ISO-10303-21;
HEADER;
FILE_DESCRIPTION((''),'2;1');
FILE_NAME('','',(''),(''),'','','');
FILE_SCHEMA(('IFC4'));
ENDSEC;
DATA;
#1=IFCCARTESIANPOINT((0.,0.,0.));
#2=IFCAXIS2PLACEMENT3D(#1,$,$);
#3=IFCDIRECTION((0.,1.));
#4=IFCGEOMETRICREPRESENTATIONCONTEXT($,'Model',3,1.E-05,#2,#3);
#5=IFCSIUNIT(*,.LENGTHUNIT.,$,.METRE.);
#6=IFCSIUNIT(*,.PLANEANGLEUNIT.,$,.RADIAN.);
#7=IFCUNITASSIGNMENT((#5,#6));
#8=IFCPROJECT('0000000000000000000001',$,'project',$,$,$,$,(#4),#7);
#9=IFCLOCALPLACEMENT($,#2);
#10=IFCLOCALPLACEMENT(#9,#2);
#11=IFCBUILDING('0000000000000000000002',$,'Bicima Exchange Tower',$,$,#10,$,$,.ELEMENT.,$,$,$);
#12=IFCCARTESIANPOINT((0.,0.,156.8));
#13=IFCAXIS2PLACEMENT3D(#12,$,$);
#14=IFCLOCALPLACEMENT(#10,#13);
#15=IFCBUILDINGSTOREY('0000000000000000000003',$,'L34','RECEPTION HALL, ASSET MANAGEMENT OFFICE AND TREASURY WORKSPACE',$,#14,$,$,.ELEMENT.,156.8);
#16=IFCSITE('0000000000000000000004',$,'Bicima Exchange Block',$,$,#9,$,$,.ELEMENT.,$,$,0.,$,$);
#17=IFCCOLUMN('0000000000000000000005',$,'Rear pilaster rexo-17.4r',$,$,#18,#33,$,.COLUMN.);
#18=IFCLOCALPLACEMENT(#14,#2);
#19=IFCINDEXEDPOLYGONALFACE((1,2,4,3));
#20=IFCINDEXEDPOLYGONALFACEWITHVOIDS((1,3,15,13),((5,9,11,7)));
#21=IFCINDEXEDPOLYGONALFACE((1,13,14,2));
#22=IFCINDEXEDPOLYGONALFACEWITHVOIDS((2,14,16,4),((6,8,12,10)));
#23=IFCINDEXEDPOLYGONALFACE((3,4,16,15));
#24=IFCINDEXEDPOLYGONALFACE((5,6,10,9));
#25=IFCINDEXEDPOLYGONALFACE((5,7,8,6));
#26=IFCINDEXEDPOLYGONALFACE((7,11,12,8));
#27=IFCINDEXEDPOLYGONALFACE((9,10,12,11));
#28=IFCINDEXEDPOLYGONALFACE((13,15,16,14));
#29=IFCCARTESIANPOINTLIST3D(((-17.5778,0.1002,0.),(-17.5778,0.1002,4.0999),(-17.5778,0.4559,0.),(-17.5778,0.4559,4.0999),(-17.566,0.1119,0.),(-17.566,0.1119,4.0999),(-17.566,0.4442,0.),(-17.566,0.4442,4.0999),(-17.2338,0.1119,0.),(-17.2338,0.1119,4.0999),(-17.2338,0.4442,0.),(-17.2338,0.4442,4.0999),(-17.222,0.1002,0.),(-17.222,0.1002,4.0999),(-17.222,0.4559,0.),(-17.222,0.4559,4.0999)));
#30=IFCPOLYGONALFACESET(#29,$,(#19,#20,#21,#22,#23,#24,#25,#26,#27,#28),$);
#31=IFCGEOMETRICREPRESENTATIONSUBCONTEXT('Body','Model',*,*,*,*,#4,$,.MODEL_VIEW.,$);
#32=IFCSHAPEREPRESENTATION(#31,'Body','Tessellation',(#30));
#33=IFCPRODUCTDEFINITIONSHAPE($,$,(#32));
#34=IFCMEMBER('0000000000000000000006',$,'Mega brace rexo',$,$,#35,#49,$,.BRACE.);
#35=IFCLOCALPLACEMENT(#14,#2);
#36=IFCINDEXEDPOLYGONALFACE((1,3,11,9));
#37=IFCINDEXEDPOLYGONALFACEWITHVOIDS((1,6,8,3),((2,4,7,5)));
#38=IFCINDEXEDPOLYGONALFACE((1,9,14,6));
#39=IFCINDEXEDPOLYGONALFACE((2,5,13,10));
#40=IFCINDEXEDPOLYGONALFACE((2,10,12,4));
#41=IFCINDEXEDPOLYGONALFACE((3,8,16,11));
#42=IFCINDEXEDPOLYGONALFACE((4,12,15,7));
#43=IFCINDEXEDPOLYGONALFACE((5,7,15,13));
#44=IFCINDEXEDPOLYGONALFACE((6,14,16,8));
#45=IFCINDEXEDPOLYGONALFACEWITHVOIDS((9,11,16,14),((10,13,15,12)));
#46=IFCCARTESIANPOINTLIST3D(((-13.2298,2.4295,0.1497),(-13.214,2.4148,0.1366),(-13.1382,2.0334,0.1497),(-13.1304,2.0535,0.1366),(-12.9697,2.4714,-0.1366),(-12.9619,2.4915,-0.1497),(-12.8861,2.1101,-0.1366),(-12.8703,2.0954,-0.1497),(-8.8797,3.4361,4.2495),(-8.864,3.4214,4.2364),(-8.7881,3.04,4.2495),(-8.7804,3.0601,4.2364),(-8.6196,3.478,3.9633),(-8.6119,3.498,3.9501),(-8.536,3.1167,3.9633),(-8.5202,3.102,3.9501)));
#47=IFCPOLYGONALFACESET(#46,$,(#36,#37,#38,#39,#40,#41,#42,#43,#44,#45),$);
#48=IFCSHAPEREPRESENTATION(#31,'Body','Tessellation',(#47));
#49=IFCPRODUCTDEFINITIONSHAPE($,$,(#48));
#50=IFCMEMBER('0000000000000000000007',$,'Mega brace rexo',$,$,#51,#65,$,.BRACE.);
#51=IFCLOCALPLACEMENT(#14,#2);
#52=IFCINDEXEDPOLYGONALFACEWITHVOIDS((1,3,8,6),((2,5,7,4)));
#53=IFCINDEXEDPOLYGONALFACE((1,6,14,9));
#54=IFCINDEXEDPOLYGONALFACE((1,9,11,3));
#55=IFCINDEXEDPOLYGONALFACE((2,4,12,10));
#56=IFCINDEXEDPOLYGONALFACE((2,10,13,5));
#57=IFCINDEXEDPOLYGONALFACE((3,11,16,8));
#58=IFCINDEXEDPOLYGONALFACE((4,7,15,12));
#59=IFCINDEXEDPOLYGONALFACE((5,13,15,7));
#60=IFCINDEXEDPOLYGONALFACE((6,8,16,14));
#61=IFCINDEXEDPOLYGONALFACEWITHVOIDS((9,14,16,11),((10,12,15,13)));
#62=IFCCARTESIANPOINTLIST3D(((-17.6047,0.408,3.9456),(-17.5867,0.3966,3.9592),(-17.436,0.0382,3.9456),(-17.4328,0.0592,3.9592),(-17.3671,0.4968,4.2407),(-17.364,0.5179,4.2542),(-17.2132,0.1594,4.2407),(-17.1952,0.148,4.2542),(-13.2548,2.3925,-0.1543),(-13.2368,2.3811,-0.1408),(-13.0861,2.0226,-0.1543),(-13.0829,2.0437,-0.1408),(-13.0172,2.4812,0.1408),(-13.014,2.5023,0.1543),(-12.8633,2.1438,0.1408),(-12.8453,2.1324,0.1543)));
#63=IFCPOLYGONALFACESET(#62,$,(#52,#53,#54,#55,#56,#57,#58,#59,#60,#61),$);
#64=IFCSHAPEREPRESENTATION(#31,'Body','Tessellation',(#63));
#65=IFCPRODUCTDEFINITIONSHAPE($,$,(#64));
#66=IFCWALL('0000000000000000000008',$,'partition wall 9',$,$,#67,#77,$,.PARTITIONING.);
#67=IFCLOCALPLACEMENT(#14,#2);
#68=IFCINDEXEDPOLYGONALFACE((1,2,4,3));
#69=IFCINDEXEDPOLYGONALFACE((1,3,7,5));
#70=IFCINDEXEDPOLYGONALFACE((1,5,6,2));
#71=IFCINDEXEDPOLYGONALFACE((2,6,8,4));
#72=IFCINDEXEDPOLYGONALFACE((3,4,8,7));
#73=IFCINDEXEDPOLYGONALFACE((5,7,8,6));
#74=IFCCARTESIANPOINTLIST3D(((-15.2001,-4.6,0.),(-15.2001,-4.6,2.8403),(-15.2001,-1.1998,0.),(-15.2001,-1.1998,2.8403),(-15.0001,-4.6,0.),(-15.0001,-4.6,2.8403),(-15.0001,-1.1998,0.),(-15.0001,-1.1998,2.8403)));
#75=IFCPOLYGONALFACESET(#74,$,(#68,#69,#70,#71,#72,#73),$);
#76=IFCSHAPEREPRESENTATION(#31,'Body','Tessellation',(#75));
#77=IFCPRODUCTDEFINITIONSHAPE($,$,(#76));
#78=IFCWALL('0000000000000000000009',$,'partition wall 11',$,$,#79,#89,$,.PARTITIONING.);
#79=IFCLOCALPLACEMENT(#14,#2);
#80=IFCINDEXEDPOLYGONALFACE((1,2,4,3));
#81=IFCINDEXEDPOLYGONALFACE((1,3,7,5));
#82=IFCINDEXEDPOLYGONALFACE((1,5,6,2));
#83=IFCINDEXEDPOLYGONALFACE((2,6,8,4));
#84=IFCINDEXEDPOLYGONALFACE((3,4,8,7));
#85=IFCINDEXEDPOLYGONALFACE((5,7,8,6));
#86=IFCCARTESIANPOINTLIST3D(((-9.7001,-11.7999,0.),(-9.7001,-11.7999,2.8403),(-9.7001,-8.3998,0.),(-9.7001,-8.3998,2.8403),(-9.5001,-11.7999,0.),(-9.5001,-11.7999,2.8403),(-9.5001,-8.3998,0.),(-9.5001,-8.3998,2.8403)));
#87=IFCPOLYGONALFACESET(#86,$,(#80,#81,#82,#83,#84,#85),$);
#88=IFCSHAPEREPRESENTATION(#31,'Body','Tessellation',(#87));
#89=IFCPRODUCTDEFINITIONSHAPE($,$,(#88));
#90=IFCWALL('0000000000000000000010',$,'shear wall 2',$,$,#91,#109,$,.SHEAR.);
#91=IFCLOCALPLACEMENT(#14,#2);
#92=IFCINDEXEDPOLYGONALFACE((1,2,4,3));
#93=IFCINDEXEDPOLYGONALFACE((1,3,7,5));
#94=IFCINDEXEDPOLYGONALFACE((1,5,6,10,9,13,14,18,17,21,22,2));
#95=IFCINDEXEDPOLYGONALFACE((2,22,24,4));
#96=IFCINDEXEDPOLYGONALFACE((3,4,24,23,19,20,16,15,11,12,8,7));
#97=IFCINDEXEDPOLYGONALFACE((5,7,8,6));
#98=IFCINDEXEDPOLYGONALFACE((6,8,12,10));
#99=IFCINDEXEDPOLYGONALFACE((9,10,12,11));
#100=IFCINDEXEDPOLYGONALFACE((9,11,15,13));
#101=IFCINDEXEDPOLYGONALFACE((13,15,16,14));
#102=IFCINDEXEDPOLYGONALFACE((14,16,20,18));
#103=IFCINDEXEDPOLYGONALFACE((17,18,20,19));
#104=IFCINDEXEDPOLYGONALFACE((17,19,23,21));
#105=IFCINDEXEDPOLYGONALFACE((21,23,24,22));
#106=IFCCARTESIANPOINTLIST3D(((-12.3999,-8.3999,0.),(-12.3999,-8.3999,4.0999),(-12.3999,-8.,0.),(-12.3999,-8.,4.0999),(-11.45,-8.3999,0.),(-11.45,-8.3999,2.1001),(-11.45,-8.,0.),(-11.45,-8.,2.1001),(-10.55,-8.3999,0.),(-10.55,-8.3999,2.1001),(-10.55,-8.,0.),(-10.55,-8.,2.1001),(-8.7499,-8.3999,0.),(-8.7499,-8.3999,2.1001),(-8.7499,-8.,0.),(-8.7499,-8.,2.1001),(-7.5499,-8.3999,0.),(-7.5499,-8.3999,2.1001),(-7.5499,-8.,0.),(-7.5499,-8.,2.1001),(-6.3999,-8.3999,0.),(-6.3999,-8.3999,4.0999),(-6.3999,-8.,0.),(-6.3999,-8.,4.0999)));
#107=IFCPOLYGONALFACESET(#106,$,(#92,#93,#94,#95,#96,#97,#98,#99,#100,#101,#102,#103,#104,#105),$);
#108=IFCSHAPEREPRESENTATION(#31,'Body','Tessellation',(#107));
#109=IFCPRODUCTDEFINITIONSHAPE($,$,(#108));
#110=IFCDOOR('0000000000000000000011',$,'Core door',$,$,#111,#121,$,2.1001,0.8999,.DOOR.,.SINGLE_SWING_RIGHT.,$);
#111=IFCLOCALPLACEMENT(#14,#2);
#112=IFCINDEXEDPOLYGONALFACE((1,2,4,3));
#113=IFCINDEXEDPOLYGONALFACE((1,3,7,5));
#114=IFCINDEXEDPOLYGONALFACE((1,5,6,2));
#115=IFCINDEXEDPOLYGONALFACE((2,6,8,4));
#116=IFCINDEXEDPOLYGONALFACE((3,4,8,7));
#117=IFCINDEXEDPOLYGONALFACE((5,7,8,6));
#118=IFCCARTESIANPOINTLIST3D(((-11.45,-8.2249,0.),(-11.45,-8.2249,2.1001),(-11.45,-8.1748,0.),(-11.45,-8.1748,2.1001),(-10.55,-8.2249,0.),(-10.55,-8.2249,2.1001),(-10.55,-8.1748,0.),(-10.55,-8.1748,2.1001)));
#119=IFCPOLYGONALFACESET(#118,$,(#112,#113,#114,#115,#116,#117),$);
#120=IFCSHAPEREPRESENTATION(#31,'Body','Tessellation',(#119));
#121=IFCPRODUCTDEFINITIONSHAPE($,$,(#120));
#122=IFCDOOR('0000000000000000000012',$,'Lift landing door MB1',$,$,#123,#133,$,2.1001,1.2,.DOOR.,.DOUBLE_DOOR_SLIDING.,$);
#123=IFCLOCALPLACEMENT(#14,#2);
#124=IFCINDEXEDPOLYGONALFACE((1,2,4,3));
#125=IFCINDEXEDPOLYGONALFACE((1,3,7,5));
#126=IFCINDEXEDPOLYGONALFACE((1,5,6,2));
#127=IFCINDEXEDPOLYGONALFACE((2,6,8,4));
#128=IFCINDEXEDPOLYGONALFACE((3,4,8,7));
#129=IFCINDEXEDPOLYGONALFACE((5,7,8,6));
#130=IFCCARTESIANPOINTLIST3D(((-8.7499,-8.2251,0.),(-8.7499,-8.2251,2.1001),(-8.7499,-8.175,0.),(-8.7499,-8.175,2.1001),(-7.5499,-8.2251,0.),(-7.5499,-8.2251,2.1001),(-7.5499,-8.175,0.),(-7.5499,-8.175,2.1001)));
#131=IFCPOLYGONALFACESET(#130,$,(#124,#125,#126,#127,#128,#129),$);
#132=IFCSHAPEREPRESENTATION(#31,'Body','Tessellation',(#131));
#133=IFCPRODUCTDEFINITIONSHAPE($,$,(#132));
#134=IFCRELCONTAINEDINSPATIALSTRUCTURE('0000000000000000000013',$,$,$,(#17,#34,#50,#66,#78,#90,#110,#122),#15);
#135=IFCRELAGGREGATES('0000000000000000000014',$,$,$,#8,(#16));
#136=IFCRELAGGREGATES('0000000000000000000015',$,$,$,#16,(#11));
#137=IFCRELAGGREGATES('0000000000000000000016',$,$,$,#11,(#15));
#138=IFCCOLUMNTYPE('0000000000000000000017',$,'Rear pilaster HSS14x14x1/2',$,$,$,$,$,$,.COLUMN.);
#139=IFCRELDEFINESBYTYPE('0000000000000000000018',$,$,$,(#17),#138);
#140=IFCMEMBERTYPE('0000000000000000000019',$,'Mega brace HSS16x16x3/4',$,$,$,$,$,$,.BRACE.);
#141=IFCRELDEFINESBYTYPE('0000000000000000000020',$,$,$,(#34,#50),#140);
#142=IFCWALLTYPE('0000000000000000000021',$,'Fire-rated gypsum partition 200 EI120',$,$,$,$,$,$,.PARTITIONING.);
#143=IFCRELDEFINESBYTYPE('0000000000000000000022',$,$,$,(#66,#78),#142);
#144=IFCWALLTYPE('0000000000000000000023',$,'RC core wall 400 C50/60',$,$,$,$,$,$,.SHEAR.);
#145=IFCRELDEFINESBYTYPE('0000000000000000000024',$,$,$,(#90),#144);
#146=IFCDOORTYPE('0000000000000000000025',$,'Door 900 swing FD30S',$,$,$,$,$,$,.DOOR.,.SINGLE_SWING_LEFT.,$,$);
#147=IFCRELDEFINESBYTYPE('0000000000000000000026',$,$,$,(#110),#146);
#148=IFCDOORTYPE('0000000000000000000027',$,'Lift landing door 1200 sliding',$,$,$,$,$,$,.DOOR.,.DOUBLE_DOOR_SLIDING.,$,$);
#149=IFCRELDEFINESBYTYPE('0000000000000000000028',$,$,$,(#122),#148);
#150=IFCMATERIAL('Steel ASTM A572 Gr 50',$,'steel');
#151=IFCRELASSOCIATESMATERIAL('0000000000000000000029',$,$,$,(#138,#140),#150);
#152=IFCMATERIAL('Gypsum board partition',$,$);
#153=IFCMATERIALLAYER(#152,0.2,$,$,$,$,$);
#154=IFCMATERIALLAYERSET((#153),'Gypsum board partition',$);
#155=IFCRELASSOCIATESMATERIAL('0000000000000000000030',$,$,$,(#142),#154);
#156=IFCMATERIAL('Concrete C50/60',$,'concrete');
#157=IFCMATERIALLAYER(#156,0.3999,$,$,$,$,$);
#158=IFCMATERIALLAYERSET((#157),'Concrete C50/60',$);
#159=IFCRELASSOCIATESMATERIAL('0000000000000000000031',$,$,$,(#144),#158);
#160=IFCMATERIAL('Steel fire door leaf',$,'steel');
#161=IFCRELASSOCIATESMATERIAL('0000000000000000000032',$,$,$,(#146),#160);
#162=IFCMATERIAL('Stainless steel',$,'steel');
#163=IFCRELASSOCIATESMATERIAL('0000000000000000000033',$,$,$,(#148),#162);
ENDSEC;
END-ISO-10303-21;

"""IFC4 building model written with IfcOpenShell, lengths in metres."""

from ifc_helpers import new_model, si_unit, direction, frame, frame_2d, origin, origin_2d, place, context, subcontext, project, spatial, rectangle, hollow_rectangle, extrude, material, layer, layer_set, material_profile, profile_set, type_object, element, fill, save


model = new_model("IFC4")

# Units and contexts
model_context = context("Model", 3, precision=1e-05, world=origin(), true_north=direction((0.0, 1.0)))
body_context = subcontext(model_context, "Body", "Model", "MODEL_VIEW")
ifc_project = project(units=[si_unit("LENGTHUNIT", "METRE"), si_unit("PLANEANGLEUNIT", "RADIAN")], contexts=[model_context])

# Site, building, storey
site_placement = place(None, origin())
site = spatial("IfcSite", under=ifc_project, at=site_placement, Name="Bicima Exchange Block", CompositionType="ELEMENT", RefElevation=0.0)
building_placement = place(site_placement, origin())
building = spatial("IfcBuilding", under=site, at=building_placement, Name="Bicima Exchange Tower", CompositionType="ELEMENT")
storey_placement = place(building_placement, frame((0.0, 0.0, 156.8)))
storey = spatial("IfcBuildingStorey", under=building, at=storey_placement, Name="L34", Description="RECEPTION HALL, ASSET MANAGEMENT OFFICE AND TREASURY WORKSPACE", CompositionType="ELEMENT", Elevation=156.8)

# Column
ifc_material_1 = material(Name="Steel ASTM A572 Gr 50", Category="steel")
ifc_material_profile_1 = material_profile(ifc_material_1, hollow_rectangle(XDim=0.3557, YDim=0.3557, WallThickness=0.0117, at=origin_2d()))
ifc_profile_set_1 = profile_set([ifc_material_profile_1], Name="Steel ASTM A572 Gr 50")
column_type = type_object("IfcColumnType", Name="Rear pilaster HSS14x14x1/2", PredefinedType="COLUMN", material=ifc_profile_set_1)
column_placement = place(storey_placement, frame((-17.3999, 0.2781, 0.0), z_axis=(0.0, 0.0, 1.0), x_axis=(1.0, 0.0, 0.0)))
element("IfcColumn", 1, at=column_placement, inside=storey, type_object=column_type, Name="Rear pilaster rexo-17.4r", PredefinedType="COLUMN", context=body_context, shape_type="SweptSolid", body=[
    extrude(hollow_rectangle(XDim=0.3557, YDim=0.3557, WallThickness=0.0117, at=origin_2d()), origin(), (0.0, 0.0, 1.0), 4.0999),
])

# Members
ifc_material_profile_2 = material_profile(ifc_material_1, hollow_rectangle(XDim=0.4065, YDim=0.4065, WallThickness=0.0178, at=origin_2d()))
ifc_profile_set_2 = profile_set([ifc_material_profile_2], Name="Steel ASTM A572 Gr 50")
member_type = type_object("IfcMemberType", Name="Mega brace HSS16x16x3/4", PredefinedType="BRACE", material=ifc_profile_set_2)
member_1_placement = place(storey_placement, frame((-13.05, 2.2625, 0.0), z_axis=(0.717625, 0.166055, 0.676343), x_axis=(-0.225439, 0.974257, 0.0)))
element("IfcMember", 2, at=member_1_placement, inside=storey, type_object=member_type, Name="Mega brace rexo", PredefinedType="BRACE", context=body_context, shape_type="SweptSolid", body=[
    extrude(hollow_rectangle(XDim=0.4065, YDim=0.4065, WallThickness=0.0178, at=origin_2d()), origin(), (0.0, 0.0, 1.0), 6.0618),
])
member_2_placement = place(storey_placement, frame((-13.05, 2.2625, 0.0), z_axis=(-0.690646, -0.315068, 0.650953), x_axis=(0.415045, -0.909801, 0.0)))
element("IfcMember", 3, at=member_2_placement, inside=storey, type_object=member_type, Name="Mega brace rexo", PredefinedType="BRACE", context=body_context, shape_type="SweptSolid", body=[
    extrude(hollow_rectangle(XDim=0.4065, YDim=0.4065, WallThickness=0.0178, at=origin_2d()), origin(), (0.0, 0.0, 1.0), 6.2983),
])

# Walls
ifc_material_2 = material(Name="Gypsum board partition")
ifc_layer_1 = layer(ifc_material_2, 0.2)
ifc_layer_set_1 = layer_set([ifc_layer_1], Name="Gypsum board partition")
wall_type_1 = type_object("IfcWallType", Name="Fire-rated gypsum partition 200 EI120", PredefinedType="PARTITIONING", material=ifc_layer_set_1)
for number, where, z_axis, x_axis, name in (
    (4, (-15.1001, -4.6001, 0.0), (0.0, 0.0, 1.0), (0.0, 1.0, 0.0), "partition wall 9"),
    (5, (-9.6001, -11.8, 0.0), (0.0, 0.0, 1.0), (0.0, 1.0, 0.0), "partition wall 11"),
):
    element("IfcWall", number, at=place(storey_placement, frame(where, z_axis=z_axis, x_axis=x_axis)), inside=storey, type_object=wall_type_1, Name=name, PredefinedType="PARTITIONING", context=body_context, shape_type="SweptSolid", body=[
        extrude(rectangle(XDim=3.4001, YDim=0.2, at=frame_2d((1.7002, 0.0))), origin(), (0.0, 0.0, 1.0), 2.8403),
    ])

# Wall, openings, doors
ifc_material_3 = material(Name="Concrete C50/60", Category="concrete")
ifc_layer_2 = layer(ifc_material_3, 0.3999)
ifc_layer_set_2 = layer_set([ifc_layer_2], Name="Concrete C50/60")
wall_type_2 = type_object("IfcWallType", Name="RC core wall 400 C50/60", PredefinedType="SHEAR", material=ifc_layer_set_2)
wall_1_placement = place(storey_placement, frame((-12.3999, -8.2, 0.0), z_axis=(0.0, 0.0, 1.0), x_axis=(1.0, 0.0, 0.0)))
wall_1 = element("IfcWall", 6, at=wall_1_placement, inside=storey, type_object=wall_type_2, Name="shear wall 2", PredefinedType="SHEAR", context=body_context, shape_type="SweptSolid", body=[
    extrude(rectangle(XDim=6.0, YDim=0.3999, at=frame_2d((3.0, 0.0))), origin(), (0.0, 0.0, 1.0), 4.0999),
])
opening_1_placement = place(wall_1_placement, frame((3.6499, 0.0, 0.0)))
opening_1 = element("IfcOpeningElement", 7, at=opening_1_placement, cuts=wall_1, PredefinedType="OPENING", context=body_context, shape_type="SweptSolid", body=[
    extrude(rectangle(XDim=1.2, YDim=2.1001, at=frame_2d((0.6001, 1.05))), frame((0.0, 0.2119, 0.0), z_axis=(0.0, -1.0, 0.0), x_axis=(1.0, 0.0, 0.0)), (0.0, 0.0, 1.0), 0.4238),
])
opening_2_placement = place(wall_1_placement, frame((0.95, 0.0, 0.0)))
opening_2 = element("IfcOpeningElement", 8, at=opening_2_placement, cuts=wall_1, PredefinedType="OPENING", context=body_context, shape_type="SweptSolid", body=[
    extrude(rectangle(XDim=0.8999, YDim=2.1001, at=frame_2d((0.45, 1.05))), frame((0.0, 0.2119, 0.0), z_axis=(0.0, -1.0, 0.0), x_axis=(1.0, 0.0, 0.0)), (0.0, 0.0, 1.0), 0.4238),
])
ifc_material_4 = material(Name="Steel fire door leaf", Category="steel")
door_type_1 = type_object("IfcDoorType", Name="Door 900 swing FD30S", OperationType="SINGLE_SWING_LEFT", PredefinedType="DOOR", material=ifc_material_4)
door_1_placement = place(opening_2_placement, frame((0.8999, 0.0, 0.0), z_axis=(0.0, 0.0, 1.0), x_axis=(-1.0, 0.0, 0.0)))
door_1 = element("IfcDoor", 9, at=door_1_placement, inside=storey, type_object=door_type_1, Name="Core door", OperationType="SINGLE_SWING_RIGHT", OverallHeight=2.1001, OverallWidth=0.8999, PredefinedType="DOOR", context=body_context, shape_type="SweptSolid", body=[
    extrude(rectangle(XDim=0.8999, YDim=2.1001, at=frame_2d((0.45, 1.05))), frame((0.0, 0.0249, 0.0), z_axis=(0.0, -1.0, 0.0), x_axis=(1.0, 0.0, 0.0)), (0.0, 0.0, 1.0), 0.05),
])
fill(opening_2, door_1)
ifc_material_5 = material(Name="Stainless steel", Category="steel")
door_type_2 = type_object("IfcDoorType", Name="Lift landing door 1200 sliding", OperationType="DOUBLE_DOOR_SLIDING", PredefinedType="DOOR", material=ifc_material_5)
door_2_placement = place(opening_1_placement, origin())
door_2 = element("IfcDoor", 10, at=door_2_placement, inside=storey, type_object=door_type_2, Name="Lift landing door MB1", OperationType="DOUBLE_DOOR_SLIDING", OverallHeight=2.1001, OverallWidth=1.2, PredefinedType="DOOR", context=body_context, shape_type="SweptSolid", body=[
    extrude(rectangle(XDim=1.2, YDim=2.1001, at=frame_2d((0.6001, 1.05))), frame((0.0, 0.0249, 0.0), z_axis=(0.0, -1.0, 0.0), x_axis=(1.0, 0.0, 0.0)), (0.0, 0.0, 1.0), 0.05),
])
fill(opening_1, door_2)

save(model, "model.ifc")
